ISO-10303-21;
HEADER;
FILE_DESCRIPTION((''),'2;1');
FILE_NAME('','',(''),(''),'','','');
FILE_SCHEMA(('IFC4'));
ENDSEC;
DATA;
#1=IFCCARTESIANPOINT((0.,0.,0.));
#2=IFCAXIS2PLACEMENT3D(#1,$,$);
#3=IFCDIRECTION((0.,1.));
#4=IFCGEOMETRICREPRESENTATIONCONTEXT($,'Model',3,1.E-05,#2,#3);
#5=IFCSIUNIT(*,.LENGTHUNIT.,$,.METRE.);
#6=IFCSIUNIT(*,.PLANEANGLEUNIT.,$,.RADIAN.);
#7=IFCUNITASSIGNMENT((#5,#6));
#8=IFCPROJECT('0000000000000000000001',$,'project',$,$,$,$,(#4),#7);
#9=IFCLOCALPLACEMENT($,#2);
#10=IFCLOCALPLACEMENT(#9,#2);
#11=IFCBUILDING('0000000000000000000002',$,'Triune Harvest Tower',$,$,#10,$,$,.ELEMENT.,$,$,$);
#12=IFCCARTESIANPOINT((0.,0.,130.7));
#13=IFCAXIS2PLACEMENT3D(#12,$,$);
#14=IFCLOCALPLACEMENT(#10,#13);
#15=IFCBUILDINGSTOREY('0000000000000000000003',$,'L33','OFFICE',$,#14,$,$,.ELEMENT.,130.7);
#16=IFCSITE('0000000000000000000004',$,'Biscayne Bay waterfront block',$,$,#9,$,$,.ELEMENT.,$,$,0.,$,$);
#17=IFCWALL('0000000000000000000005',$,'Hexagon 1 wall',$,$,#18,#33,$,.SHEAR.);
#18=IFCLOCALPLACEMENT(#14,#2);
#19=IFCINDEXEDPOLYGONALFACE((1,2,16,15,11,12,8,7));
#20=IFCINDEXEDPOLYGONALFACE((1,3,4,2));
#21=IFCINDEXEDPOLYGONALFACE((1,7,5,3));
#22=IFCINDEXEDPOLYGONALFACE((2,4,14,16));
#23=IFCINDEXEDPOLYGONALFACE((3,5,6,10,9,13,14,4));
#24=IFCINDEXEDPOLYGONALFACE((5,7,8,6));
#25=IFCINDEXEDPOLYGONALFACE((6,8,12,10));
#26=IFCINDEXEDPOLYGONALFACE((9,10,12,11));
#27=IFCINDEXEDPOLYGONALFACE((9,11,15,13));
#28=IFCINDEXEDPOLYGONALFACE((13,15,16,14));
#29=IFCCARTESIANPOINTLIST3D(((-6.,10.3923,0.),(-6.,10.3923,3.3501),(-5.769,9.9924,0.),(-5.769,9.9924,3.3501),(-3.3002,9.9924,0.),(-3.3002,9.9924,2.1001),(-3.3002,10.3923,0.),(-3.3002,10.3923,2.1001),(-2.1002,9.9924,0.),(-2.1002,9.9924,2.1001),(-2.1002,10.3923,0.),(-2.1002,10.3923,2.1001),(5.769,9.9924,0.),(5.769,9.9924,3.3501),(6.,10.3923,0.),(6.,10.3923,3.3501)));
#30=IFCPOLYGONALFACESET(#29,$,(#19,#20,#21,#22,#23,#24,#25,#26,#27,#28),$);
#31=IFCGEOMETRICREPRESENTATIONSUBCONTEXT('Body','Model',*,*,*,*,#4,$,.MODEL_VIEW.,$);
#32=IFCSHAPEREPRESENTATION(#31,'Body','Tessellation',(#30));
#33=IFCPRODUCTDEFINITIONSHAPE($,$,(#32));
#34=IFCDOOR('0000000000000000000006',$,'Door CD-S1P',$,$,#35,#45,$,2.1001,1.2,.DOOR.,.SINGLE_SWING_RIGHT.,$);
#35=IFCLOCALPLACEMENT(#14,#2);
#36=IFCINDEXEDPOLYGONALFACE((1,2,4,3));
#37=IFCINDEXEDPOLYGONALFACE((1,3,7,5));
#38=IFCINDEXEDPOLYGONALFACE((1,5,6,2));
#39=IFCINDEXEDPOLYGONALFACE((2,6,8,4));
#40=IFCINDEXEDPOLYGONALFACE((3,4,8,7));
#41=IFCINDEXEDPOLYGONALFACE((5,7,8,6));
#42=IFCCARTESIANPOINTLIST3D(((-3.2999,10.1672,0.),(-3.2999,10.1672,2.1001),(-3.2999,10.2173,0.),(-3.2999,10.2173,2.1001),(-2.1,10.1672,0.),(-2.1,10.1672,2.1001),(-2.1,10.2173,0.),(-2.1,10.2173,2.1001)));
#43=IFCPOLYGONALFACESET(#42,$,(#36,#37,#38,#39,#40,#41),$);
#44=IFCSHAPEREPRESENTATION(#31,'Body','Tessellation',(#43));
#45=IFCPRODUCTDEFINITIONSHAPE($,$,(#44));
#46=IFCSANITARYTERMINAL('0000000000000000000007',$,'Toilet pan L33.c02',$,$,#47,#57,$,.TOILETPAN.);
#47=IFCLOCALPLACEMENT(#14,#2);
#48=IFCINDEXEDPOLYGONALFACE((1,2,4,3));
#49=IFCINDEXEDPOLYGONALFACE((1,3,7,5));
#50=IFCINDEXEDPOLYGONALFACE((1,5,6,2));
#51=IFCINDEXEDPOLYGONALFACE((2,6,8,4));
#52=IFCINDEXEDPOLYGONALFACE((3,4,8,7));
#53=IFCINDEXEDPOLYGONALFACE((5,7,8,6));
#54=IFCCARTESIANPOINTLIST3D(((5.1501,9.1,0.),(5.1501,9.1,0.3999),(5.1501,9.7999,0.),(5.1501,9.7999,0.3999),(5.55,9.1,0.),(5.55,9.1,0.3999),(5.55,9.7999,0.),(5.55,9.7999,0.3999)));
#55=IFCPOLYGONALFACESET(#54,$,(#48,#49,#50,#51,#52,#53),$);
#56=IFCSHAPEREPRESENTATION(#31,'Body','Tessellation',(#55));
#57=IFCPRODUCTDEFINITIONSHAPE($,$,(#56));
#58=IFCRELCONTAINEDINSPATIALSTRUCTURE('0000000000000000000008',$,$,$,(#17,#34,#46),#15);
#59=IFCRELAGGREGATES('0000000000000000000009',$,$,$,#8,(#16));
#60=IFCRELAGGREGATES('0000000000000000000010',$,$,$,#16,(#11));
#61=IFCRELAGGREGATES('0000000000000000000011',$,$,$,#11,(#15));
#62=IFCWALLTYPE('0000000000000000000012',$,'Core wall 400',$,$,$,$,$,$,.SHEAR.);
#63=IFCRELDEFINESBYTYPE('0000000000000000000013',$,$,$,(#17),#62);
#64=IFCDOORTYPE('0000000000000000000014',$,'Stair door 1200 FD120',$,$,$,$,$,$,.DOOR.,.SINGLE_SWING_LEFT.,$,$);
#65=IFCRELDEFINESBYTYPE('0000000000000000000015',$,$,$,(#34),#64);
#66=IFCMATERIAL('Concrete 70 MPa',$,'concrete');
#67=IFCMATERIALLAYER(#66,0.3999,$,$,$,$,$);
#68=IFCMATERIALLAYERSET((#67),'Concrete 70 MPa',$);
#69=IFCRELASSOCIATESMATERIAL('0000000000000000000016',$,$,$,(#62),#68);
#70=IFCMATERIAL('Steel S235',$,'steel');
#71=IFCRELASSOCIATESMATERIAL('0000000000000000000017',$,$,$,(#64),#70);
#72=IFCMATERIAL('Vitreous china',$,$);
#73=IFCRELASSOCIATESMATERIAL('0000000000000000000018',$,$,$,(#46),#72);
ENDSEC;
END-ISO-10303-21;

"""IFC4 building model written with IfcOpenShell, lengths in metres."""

from ifc_helpers import new_model, si_unit, direction, frame, frame_2d, origin, origin_2d, place, context, subcontext, project, spatial, polyline, rectangle, outline, extrude, source, transform, mapped, material, layer, layer_set, type_object, element, fill, save


model = new_model("IFC4")

# Units and contexts
model_context = context("Model", 3, precision=1e-05, world=origin(), true_north=direction((0.0, 1.0)))
body_context = subcontext(model_context, "Body", "Model", "MODEL_VIEW")
ifc_project = project(units=[si_unit("LENGTHUNIT", "METRE"), si_unit("PLANEANGLEUNIT", "RADIAN")], contexts=[model_context])

# Site, building, storey
site_placement = place(None, origin())
site = spatial("IfcSite", under=ifc_project, at=site_placement, Name="Biscayne Bay waterfront block", CompositionType="ELEMENT", RefElevation=0.0)
building_placement = place(site_placement, origin())
building = spatial("IfcBuilding", under=site, at=building_placement, Name="Triune Harvest Tower", CompositionType="ELEMENT")
storey_placement = place(building_placement, frame((0.0, 0.0, 130.7)))
storey = spatial("IfcBuildingStorey", under=building, at=storey_placement, Name="L33", Description="OFFICE", CompositionType="ELEMENT", Elevation=130.7)

# Wall, opening, door
ifc_material_1 = material(Name="Concrete 70 MPa", Category="concrete")
ifc_layer_1 = layer(ifc_material_1, 0.3999)
ifc_layer_set_1 = layer_set([ifc_layer_1], Name="Concrete 70 MPa")
wall_type_1 = type_object("IfcWallType", Name="Core wall 400", PredefinedType="SHEAR", material=ifc_layer_set_1)
shared_shape_1 = source(origin(), body_context, "Body", "SweptSolid", [
    extrude(outline(polyline([(-0.1155, -0.2), (11.8845, -0.2), (11.6536, 0.2), (0.1155, 0.2), (-0.1155, -0.2)])), origin(), (0.0, 0.0, 1.0), 3.3501),
])
wall_1_placement = place(storey_placement, frame((5.8845, 10.1924, 0.0), z_axis=(0.0, 0.0, 1.0), x_axis=(-1.0, 0.0, 0.0)))
wall_1 = element("IfcWall", 1, at=wall_1_placement, inside=storey, type_object=wall_type_1, Name="Hexagon 1 wall", PredefinedType="SHEAR", context=body_context, shape_type="MappedRepresentation", body=[
    mapped(shared_shape_1, transform((0.0, 0.0, 0.0), scale=1.0)),
])
opening_1_placement = place(wall_1_placement, frame((7.9846, 0.0, 0.0)))
opening_1 = element("IfcOpeningElement", 2, at=opening_1_placement, cuts=wall_1, PredefinedType="OPENING", context=body_context, shape_type="SweptSolid", body=[
    extrude(rectangle(XDim=1.2, YDim=2.1001, at=frame_2d((0.6001, 1.05))), frame((0.0, 0.21, 0.0), z_axis=(0.0, -1.0, 0.0), x_axis=(1.0, 0.0, 0.0)), (0.0, 0.0, 1.0), 0.4199),
])
ifc_material_2 = material(Name="Steel S235", Category="steel")
door_type_1 = type_object("IfcDoorType", Name="Stair door 1200 FD120", OperationType="SINGLE_SWING_LEFT", PredefinedType="DOOR", material=ifc_material_2)
door_1_placement = place(opening_1_placement, frame((1.2, 0.0, 0.0), z_axis=(0.0, 0.0, 1.0), x_axis=(-1.0, 0.0, 0.0)))
door_1 = element("IfcDoor", 3, at=door_1_placement, inside=storey, type_object=door_type_1, Name="Door CD-S1P", OperationType="SINGLE_SWING_RIGHT", OverallHeight=2.1001, OverallWidth=1.2, PredefinedType="DOOR", context=body_context, shape_type="SweptSolid", body=[
    extrude(rectangle(XDim=1.2, YDim=2.1001, at=frame_2d((0.6001, 1.05))), frame((0.0, 0.0249, 0.0), z_axis=(0.0, -1.0, 0.0), x_axis=(1.0, 0.0, 0.0)), (0.0, 0.0, 1.0), 0.05),
])
fill(opening_1, door_1)

# Sanitary terminal
ifc_material_3 = material(Name="Vitreous china")
shared_shape_2 = source(origin(), body_context, "Body", "SweptSolid", [
    extrude(rectangle(XDim=0.3999, YDim=0.7, at=origin_2d()), origin(), (0.0, 0.0, 1.0), 0.3999),
])
sanitary_terminal_placement = place(storey_placement, frame((5.3501, 9.45, 0.0), z_axis=(0.0, 0.0, 1.0), x_axis=(1.0, 0.0, 0.0)))
element("IfcSanitaryTerminal", 4, at=sanitary_terminal_placement, inside=storey, material=ifc_material_3, Name="Toilet pan L33.c02", PredefinedType="TOILETPAN", context=body_context, shape_type="MappedRepresentation", body=[
    mapped(shared_shape_2, transform((0.0, 0.0, 0.0), scale=1.0)),
])

save(model, "model.ifc")
